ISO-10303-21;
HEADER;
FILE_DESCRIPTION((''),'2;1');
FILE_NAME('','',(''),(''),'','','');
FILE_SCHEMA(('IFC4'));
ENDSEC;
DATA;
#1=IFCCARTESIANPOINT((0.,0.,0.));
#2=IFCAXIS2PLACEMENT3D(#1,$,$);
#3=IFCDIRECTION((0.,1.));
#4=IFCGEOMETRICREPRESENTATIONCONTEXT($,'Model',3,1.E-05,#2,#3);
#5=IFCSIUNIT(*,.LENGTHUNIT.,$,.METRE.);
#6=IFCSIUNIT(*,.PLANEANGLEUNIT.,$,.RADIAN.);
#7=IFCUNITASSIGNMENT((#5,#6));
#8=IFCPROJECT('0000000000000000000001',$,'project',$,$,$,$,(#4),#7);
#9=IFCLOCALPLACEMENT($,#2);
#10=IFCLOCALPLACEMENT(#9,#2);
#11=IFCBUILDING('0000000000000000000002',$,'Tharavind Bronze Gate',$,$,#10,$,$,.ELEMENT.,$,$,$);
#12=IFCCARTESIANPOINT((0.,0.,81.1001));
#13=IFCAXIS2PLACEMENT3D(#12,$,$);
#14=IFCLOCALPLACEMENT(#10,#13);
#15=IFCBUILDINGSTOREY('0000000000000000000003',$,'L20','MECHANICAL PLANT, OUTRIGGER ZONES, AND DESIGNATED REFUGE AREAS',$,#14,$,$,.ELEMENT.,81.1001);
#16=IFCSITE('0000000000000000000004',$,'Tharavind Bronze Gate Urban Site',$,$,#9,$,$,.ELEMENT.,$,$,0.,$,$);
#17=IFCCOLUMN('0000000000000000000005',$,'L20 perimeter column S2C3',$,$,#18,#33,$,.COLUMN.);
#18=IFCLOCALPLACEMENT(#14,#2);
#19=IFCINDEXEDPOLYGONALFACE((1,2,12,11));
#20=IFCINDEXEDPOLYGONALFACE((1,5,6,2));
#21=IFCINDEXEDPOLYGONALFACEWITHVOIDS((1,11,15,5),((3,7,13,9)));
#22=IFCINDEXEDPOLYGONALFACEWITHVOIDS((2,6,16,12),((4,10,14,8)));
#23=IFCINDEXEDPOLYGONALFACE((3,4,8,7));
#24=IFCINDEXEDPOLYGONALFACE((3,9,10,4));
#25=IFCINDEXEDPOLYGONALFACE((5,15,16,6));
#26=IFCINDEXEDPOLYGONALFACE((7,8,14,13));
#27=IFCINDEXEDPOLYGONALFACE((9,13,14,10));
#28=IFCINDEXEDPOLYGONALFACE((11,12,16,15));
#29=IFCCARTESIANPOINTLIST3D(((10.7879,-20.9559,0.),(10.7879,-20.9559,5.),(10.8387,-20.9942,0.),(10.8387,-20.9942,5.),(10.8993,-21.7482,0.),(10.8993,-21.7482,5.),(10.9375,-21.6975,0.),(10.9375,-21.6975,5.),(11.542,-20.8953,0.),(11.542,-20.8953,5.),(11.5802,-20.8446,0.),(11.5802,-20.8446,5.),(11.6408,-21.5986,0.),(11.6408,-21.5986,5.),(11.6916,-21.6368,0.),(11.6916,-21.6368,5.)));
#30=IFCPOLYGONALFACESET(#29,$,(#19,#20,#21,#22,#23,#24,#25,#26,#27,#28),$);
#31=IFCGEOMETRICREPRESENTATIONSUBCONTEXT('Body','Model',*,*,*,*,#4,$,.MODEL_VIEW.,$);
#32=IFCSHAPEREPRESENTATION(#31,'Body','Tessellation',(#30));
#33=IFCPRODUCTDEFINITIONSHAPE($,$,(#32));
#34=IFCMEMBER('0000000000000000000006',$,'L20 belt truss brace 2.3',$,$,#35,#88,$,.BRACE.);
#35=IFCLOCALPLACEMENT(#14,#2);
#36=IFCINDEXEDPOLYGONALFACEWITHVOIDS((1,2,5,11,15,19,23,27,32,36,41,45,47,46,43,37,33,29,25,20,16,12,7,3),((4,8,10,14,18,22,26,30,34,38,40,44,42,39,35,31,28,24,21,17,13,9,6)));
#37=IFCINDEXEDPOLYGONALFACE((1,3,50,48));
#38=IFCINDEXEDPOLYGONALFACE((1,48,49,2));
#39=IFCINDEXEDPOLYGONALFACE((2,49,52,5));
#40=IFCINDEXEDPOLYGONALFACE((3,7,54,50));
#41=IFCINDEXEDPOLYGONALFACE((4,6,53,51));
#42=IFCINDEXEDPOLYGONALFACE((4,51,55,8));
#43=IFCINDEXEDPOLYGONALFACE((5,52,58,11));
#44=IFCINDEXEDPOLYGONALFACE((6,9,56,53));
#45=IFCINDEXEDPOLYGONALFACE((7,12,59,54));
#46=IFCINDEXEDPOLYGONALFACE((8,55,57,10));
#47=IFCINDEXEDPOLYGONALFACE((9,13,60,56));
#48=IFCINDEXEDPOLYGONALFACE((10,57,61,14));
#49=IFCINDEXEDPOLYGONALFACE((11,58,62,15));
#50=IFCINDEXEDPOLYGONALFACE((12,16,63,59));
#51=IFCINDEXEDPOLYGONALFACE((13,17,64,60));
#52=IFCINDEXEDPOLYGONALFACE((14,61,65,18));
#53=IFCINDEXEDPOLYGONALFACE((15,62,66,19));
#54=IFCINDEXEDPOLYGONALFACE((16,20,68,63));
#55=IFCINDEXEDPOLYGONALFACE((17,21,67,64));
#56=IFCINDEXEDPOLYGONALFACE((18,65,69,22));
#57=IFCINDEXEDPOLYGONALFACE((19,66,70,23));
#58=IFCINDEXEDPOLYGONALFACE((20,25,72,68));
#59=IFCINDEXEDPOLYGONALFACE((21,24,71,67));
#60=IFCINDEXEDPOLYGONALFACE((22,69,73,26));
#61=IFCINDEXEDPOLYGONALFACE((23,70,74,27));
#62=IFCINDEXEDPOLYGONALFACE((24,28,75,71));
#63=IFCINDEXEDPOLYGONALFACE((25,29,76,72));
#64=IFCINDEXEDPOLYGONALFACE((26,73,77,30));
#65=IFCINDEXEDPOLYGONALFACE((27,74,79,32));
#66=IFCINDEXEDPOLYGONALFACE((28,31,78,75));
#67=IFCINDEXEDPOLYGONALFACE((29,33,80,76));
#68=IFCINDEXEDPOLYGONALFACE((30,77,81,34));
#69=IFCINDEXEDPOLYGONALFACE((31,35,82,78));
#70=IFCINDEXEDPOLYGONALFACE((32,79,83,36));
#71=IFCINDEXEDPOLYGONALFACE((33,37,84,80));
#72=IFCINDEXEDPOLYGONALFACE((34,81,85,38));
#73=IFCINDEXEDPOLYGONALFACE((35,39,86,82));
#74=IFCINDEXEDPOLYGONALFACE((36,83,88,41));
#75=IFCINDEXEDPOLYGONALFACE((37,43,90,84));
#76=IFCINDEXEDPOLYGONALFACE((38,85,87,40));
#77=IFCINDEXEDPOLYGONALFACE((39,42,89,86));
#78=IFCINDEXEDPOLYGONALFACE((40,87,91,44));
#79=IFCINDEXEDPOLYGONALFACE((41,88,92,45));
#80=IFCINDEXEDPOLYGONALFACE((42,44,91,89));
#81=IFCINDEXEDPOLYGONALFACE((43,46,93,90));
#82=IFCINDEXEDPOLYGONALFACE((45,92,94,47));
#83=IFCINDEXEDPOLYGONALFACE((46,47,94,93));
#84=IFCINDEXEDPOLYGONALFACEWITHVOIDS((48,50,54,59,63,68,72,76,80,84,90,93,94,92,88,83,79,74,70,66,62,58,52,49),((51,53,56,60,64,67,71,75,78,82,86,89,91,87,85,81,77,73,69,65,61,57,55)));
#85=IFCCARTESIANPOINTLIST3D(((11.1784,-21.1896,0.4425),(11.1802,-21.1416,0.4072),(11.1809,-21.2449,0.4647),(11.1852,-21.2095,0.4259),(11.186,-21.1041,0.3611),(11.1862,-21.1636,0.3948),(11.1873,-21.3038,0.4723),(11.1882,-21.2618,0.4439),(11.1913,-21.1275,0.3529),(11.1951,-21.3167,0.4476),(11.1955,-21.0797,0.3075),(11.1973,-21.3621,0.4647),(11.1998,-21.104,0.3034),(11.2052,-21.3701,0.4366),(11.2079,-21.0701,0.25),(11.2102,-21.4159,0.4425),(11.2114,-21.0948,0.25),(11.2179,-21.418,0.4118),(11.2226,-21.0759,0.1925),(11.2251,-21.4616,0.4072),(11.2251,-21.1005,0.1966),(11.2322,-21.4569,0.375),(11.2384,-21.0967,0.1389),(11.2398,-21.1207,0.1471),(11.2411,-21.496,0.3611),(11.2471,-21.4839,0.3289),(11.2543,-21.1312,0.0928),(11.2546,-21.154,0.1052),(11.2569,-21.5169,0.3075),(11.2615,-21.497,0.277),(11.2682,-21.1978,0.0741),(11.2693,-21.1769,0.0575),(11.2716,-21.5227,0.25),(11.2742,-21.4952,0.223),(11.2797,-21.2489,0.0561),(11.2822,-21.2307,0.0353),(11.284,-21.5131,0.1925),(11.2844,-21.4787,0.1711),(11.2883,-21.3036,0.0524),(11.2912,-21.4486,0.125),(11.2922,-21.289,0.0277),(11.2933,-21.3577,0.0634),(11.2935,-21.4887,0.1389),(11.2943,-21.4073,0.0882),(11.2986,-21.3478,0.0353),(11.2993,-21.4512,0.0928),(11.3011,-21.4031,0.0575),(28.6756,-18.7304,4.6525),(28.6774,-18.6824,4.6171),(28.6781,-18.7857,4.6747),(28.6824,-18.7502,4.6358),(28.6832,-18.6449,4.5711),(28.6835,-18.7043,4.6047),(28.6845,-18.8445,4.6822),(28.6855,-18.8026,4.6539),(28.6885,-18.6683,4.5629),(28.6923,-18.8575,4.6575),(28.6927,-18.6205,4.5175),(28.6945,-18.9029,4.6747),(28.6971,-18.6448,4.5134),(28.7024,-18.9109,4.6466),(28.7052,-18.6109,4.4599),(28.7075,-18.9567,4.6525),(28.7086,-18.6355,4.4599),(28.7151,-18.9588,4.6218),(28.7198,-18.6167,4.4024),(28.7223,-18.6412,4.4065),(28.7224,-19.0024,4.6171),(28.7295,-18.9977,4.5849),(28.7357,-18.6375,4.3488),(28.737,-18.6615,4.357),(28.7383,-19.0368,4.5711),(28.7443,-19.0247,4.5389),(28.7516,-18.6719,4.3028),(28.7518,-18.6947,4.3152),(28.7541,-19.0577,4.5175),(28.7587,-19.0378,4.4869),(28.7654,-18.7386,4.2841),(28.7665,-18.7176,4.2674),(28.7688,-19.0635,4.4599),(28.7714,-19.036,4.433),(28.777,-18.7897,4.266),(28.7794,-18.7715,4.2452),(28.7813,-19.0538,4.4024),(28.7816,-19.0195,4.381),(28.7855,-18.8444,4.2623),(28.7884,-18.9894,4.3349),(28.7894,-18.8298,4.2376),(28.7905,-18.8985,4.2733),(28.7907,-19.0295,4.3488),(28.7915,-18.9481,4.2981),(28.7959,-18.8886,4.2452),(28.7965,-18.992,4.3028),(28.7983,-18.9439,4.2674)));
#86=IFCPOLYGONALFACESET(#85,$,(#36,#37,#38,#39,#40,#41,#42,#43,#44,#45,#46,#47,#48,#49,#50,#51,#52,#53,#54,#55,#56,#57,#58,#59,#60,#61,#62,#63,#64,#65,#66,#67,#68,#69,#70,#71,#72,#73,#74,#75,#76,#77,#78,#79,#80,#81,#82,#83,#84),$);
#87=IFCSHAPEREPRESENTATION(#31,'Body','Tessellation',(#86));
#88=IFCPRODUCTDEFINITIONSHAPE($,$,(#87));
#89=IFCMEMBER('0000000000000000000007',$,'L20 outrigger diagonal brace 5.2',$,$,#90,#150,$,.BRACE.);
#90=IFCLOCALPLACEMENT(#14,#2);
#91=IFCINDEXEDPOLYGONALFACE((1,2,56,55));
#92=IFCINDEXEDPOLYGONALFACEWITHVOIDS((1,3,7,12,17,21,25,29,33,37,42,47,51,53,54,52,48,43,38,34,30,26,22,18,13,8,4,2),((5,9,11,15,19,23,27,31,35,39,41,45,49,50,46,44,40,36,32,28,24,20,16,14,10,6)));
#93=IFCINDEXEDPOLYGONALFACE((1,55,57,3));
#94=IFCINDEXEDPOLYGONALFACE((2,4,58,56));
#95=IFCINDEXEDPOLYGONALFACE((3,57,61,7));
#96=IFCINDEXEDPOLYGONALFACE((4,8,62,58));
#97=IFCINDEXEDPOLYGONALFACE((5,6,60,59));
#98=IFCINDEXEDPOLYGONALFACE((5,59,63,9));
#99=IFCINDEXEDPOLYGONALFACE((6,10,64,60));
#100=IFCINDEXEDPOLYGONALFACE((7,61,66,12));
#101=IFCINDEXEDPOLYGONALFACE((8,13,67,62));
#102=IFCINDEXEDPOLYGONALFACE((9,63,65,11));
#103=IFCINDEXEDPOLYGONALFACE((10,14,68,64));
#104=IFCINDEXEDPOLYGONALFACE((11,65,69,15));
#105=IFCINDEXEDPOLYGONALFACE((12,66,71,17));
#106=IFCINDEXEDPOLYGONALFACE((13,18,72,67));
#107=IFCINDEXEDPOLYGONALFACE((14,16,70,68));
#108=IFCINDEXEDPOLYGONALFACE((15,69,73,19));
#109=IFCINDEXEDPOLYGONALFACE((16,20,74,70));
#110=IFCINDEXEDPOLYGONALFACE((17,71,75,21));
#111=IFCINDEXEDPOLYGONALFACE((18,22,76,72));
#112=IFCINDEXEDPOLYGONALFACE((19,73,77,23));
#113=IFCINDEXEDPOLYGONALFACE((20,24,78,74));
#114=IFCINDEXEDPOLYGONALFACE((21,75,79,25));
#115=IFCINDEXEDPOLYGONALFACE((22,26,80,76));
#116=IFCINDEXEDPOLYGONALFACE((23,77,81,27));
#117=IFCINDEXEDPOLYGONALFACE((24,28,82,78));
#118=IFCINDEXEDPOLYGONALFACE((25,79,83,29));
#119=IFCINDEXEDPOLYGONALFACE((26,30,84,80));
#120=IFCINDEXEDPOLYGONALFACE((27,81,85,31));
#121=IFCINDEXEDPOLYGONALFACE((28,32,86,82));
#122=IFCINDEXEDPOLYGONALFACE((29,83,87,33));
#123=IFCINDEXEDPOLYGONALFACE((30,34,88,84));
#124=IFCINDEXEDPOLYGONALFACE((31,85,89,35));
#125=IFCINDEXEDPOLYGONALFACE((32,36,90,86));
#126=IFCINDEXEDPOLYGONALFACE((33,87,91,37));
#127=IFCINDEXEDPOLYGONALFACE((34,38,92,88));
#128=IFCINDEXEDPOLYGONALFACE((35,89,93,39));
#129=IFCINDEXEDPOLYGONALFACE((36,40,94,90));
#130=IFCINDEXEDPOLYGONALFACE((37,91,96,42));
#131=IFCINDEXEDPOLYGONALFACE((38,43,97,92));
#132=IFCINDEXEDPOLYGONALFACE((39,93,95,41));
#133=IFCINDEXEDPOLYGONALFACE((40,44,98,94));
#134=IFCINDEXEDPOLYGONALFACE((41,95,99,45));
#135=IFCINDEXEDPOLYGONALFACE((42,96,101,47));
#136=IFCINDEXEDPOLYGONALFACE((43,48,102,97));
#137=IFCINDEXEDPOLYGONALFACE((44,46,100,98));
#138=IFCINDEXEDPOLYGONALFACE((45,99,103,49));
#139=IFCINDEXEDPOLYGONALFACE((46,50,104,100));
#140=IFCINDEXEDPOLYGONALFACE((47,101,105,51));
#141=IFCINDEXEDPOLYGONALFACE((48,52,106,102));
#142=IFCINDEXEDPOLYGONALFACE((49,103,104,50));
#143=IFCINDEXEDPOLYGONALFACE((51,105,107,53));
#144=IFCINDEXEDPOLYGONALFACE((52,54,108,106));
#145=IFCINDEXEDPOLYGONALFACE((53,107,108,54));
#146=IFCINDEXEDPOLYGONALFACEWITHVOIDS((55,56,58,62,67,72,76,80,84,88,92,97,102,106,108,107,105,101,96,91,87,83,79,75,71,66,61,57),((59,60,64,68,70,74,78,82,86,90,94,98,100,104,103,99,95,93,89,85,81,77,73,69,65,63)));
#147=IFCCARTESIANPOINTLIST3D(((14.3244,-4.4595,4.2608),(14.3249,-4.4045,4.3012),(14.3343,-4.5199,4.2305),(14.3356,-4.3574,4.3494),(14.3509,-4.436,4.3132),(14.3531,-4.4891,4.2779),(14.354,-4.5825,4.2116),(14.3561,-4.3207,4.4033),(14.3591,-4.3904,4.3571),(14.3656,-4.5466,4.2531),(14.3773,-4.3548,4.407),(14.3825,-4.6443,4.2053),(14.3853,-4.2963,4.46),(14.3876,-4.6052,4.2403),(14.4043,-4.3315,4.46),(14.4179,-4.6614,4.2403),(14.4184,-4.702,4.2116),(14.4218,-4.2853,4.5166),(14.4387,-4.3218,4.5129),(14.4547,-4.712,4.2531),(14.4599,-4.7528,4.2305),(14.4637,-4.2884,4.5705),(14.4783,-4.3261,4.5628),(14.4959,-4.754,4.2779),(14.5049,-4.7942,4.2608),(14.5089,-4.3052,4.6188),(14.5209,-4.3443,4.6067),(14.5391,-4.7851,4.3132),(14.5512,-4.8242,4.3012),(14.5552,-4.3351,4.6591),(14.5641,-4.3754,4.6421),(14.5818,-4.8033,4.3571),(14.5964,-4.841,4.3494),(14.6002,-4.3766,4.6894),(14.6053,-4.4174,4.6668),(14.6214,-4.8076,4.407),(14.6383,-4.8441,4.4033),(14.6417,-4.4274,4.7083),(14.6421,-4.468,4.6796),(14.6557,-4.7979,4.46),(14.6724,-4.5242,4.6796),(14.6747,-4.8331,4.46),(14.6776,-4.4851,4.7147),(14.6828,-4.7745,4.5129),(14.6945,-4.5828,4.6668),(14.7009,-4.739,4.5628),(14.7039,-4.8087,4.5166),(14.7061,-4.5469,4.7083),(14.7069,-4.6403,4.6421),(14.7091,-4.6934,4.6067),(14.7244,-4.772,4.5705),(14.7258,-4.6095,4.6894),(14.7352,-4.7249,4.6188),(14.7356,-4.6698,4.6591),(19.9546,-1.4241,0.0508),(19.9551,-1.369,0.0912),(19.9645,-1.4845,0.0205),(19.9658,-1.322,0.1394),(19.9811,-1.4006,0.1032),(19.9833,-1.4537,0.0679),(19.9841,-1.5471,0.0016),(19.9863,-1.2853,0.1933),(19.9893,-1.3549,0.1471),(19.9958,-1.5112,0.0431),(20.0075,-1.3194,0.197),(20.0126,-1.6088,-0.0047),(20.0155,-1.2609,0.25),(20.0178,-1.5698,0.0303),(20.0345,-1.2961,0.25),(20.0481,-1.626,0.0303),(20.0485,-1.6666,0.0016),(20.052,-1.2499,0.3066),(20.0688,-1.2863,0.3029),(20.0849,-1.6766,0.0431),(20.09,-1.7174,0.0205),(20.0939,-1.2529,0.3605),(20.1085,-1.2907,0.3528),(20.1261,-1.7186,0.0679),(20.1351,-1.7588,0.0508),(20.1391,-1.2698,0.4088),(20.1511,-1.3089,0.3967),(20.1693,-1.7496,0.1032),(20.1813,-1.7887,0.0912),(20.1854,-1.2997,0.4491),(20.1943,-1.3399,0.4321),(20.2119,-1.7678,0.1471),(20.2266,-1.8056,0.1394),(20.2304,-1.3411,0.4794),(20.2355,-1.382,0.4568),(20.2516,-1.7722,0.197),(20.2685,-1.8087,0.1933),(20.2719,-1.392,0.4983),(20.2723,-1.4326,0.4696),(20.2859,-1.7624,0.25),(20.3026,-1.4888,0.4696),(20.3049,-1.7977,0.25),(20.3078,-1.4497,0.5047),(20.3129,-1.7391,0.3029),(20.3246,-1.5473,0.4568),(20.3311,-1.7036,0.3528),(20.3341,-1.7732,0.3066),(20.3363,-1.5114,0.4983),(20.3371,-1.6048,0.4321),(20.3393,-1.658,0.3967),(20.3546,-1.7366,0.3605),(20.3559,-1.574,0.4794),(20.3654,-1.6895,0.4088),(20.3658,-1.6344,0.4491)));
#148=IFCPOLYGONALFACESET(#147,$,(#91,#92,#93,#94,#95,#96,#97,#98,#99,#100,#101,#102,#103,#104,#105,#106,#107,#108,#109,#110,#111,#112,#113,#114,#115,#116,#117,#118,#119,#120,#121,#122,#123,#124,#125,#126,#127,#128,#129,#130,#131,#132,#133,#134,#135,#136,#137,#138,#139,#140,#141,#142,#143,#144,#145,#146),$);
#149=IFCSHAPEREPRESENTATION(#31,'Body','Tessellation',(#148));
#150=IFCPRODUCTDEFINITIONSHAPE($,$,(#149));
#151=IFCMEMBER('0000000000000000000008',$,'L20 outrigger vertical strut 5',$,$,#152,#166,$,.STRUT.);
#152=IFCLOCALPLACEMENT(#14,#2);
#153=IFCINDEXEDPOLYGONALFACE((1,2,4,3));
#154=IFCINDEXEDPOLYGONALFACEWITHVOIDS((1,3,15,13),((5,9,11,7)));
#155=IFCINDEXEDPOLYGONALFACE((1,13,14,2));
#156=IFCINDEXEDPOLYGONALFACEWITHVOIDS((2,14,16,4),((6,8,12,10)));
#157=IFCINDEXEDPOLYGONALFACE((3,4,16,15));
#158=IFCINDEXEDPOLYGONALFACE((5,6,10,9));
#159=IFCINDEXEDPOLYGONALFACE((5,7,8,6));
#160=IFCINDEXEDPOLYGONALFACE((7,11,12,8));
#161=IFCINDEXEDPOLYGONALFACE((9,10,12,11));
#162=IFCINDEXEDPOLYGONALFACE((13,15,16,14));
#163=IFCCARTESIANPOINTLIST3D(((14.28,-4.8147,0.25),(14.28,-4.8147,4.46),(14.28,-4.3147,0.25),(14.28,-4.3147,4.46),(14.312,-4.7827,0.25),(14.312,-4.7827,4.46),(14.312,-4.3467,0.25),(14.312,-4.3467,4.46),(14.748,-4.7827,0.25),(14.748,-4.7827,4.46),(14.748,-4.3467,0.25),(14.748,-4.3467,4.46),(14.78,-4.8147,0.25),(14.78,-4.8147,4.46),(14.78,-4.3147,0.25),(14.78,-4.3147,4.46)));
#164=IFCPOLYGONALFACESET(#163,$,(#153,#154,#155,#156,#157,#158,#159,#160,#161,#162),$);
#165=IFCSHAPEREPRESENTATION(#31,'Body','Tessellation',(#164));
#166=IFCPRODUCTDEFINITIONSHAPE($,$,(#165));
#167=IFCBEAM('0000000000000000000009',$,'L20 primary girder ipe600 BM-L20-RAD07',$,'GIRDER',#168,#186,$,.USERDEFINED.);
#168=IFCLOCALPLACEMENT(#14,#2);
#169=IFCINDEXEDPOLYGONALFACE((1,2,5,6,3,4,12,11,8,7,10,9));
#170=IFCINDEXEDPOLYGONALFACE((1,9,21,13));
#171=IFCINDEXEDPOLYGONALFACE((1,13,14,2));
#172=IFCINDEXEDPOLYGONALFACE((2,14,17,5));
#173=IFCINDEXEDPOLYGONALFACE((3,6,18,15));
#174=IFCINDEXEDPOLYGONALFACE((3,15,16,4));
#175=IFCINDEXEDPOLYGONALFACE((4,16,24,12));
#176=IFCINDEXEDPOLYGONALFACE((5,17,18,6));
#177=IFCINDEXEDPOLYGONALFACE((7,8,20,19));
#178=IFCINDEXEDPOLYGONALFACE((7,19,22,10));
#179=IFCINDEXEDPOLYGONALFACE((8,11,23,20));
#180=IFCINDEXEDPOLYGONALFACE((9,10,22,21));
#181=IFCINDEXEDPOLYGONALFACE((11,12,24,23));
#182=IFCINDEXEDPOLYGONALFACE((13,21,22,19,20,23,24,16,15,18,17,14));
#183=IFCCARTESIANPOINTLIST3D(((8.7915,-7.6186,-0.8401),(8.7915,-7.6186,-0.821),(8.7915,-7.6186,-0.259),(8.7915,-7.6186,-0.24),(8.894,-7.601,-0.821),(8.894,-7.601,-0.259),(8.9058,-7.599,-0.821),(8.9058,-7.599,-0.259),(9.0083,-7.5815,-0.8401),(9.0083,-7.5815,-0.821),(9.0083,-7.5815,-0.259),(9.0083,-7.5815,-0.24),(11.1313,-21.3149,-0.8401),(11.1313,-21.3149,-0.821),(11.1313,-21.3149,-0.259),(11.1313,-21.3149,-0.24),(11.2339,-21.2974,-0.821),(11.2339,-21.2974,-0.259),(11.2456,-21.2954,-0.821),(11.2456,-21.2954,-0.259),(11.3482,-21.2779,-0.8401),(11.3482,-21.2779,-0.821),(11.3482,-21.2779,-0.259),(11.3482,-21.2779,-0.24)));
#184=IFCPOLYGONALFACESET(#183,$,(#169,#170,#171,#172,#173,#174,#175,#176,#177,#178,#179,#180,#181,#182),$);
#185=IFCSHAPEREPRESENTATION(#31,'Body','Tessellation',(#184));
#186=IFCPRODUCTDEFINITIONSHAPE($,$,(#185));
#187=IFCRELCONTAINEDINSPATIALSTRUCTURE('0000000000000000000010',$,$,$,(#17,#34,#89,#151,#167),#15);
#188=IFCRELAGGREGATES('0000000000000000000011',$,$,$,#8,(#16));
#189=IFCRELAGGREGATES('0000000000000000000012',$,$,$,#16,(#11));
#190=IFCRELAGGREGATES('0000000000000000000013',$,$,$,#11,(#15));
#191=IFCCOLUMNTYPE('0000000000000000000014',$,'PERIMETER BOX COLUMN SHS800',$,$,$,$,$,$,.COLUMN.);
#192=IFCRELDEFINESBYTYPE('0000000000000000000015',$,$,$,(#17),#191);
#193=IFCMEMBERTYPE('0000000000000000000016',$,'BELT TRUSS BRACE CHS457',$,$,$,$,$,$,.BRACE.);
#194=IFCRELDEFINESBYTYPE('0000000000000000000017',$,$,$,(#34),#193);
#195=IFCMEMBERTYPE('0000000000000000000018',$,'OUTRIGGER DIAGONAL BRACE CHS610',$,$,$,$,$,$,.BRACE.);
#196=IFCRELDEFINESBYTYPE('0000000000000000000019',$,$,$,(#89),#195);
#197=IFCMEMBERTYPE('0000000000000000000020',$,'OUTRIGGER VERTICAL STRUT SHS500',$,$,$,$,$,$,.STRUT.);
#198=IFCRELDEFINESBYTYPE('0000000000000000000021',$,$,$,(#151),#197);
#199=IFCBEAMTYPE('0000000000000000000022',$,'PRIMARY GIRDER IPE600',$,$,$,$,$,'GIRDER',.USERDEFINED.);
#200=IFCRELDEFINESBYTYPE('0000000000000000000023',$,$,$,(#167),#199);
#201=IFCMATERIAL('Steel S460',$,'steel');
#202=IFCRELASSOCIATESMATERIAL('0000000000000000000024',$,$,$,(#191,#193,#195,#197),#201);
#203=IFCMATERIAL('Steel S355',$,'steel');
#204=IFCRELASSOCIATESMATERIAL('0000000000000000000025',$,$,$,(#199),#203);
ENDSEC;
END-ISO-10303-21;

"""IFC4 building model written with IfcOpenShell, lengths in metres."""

from ifc_helpers import new_model, si_unit, direction, frame, origin, origin_2d, place, context, subcontext, project, spatial, hollow_rectangle, hollow_circle, i_section, extrude, material, material_profile, profile_set, type_object, element, save


model = new_model("IFC4")

# Units and contexts
model_context = context("Model", 3, precision=1e-05, world=origin(), true_north=direction((0.0, 1.0)))
body_context = subcontext(model_context, "Body", "Model", "MODEL_VIEW")
ifc_project = project(units=[si_unit("LENGTHUNIT", "METRE"), si_unit("PLANEANGLEUNIT", "RADIAN")], contexts=[model_context])

# Site, building, storey
site_placement = place(None, origin())
site = spatial("IfcSite", under=ifc_project, at=site_placement, Name="Tharavind Bronze Gate Urban Site", CompositionType="ELEMENT", RefElevation=0.0)
building_placement = place(site_placement, origin())
building = spatial("IfcBuilding", under=site, at=building_placement, Name="Tharavind Bronze Gate", CompositionType="ELEMENT")
storey_placement = place(building_placement, frame((0.0, 0.0, 81.1001)))
storey = spatial("IfcBuildingStorey", under=building, at=storey_placement, Name="L20", Description="MECHANICAL PLANT, OUTRIGGER ZONES, AND DESIGNATED REFUGE AREAS", CompositionType="ELEMENT", Elevation=81.1001)

# Column
ifc_material_1 = material(Name="Steel S460", Category="steel")
ifc_material_profile_1 = material_profile(ifc_material_1, hollow_rectangle(XDim=0.8, YDim=0.8, WallThickness=0.0449, at=origin_2d()), Name="SHS800X45")
ifc_profile_set_1 = profile_set([ifc_material_profile_1], Name="Steel S460")
column_type = type_object("IfcColumnType", Name="PERIMETER BOX COLUMN SHS800", PredefinedType="COLUMN", material=ifc_profile_set_1)
column_placement = place(storey_placement, frame((11.2397, -21.2964, 0.0), z_axis=(0.0, 0.0, 1.0), x_axis=(0.990268, 0.139173, 0.0)))
element("IfcColumn", 1, at=column_placement, inside=storey, type_object=column_type, Name="L20 perimeter column S2C3", PredefinedType="COLUMN", context=body_context, shape_type="SweptSolid", body=[
    extrude(hollow_rectangle(XDim=0.8, YDim=0.8, WallThickness=0.0449, at=origin_2d()), origin(), (0.0, 0.0, 1.0), 5.0),
])

# Members
ifc_material_profile_2 = material_profile(ifc_material_1, hollow_circle(Radius=0.2285, WallThickness=0.0249, at=origin_2d()), Name="CHS457X25")
ifc_profile_set_2 = profile_set([ifc_material_profile_2], Name="Steel S460")
member_type_1 = type_object("IfcMemberType", Name="BELT TRUSS BRACE CHS457", PredefinedType="BRACE", material=ifc_profile_set_2)
member_1_placement = place(storey_placement, frame((11.2397, -21.2964, 0.25), z_axis=(0.963301, 0.135391, 0.231776), x_axis=(-0.139181, 0.990267, 0.0)))
element("IfcMember", 2, at=member_1_placement, inside=storey, type_object=member_type_1, Name="L20 belt truss brace 2.3", PredefinedType="BRACE", context=body_context, shape_type="SweptSolid", body=[
    extrude(hollow_circle(Radius=0.2285, WallThickness=0.0249, at=origin_2d()), origin(), (0.0, 0.0, 1.0), 18.1638),
])
ifc_material_profile_3 = material_profile(ifc_material_1, hollow_circle(Radius=0.3049, WallThickness=0.04, at=origin_2d()), Name="CHS610X40")
ifc_profile_set_3 = profile_set([ifc_material_profile_3], Name="Steel S460")
member_type_2 = type_object("IfcMemberType", Name="OUTRIGGER DIAGONAL BRACE CHS610", PredefinedType="BRACE", material=ifc_profile_set_3)
member_2_placement = place(storey_placement, frame((14.53, -4.5647, 4.46), z_axis=(0.735253, 0.396401, -0.54979), x_axis=(-0.47456, 0.880223, 0.0)))
element("IfcMember", 3, at=member_2_placement, inside=storey, type_object=member_type_2, Name="L20 outrigger diagonal brace 5.2", PredefinedType="BRACE", context=body_context, shape_type="SweptSolid", body=[
    extrude(hollow_circle(Radius=0.3049, WallThickness=0.04, at=origin_2d()), origin(), (0.0, 0.0, 1.0), 7.6575),
])
ifc_material_profile_4 = material_profile(ifc_material_1, hollow_rectangle(XDim=0.5, YDim=0.5, WallThickness=0.032, at=origin_2d()), Name="SHS500X32")
ifc_profile_set_4 = profile_set([ifc_material_profile_4], Name="Steel S460")
member_type_3 = type_object("IfcMemberType", Name="OUTRIGGER VERTICAL STRUT SHS500", PredefinedType="STRUT", material=ifc_profile_set_4)
member_3_placement = place(storey_placement, frame((14.53, -4.5647, 0.25), z_axis=(0.0, 0.0, 1.0), x_axis=(1.0, 0.0, 0.0)))
element("IfcMember", 4, at=member_3_placement, inside=storey, type_object=member_type_3, Name="L20 outrigger vertical strut 5", PredefinedType="STRUT", context=body_context, shape_type="SweptSolid", body=[
    extrude(hollow_rectangle(XDim=0.5, YDim=0.5, WallThickness=0.032, at=origin_2d()), origin(), (0.0, 0.0, 1.0), 4.21),
])

# Beam
ifc_material_2 = material(Name="Steel S355", Category="steel")
ifc_material_profile_5 = material_profile(ifc_material_2, i_section(OverallWidth=0.22, OverallDepth=0.6001, WebThickness=0.012, FlangeThickness=0.019, at=origin_2d()), Name="IPE600")
ifc_profile_set_5 = profile_set([ifc_material_profile_5], Name="Steel S355")
beam_type_1 = type_object("IfcBeamType", Name="PRIMARY GIRDER IPE600", ElementType="GIRDER", PredefinedType="USERDEFINED", material=ifc_profile_set_5)
beam_1_placement = place(storey_placement, frame((11.2397, -21.2964, -0.54), z_axis=(-0.168398, 0.985719, 0.0), x_axis=(-0.985719, -0.168398, 0.0)))
element("IfcBeam", 5, at=beam_1_placement, inside=storey, type_object=beam_type_1, Name="L20 primary girder ipe600 BM-L20-RAD07", ObjectType="GIRDER", PredefinedType="USERDEFINED", context=body_context, shape_type="SweptSolid", body=[
    extrude(i_section(OverallWidth=0.22, OverallDepth=0.6001, WebThickness=0.012, FlangeThickness=0.019, at=origin_2d()), origin(), (0.0, 0.0, 1.0), 13.8948),
])

save(model, "model.ifc")
